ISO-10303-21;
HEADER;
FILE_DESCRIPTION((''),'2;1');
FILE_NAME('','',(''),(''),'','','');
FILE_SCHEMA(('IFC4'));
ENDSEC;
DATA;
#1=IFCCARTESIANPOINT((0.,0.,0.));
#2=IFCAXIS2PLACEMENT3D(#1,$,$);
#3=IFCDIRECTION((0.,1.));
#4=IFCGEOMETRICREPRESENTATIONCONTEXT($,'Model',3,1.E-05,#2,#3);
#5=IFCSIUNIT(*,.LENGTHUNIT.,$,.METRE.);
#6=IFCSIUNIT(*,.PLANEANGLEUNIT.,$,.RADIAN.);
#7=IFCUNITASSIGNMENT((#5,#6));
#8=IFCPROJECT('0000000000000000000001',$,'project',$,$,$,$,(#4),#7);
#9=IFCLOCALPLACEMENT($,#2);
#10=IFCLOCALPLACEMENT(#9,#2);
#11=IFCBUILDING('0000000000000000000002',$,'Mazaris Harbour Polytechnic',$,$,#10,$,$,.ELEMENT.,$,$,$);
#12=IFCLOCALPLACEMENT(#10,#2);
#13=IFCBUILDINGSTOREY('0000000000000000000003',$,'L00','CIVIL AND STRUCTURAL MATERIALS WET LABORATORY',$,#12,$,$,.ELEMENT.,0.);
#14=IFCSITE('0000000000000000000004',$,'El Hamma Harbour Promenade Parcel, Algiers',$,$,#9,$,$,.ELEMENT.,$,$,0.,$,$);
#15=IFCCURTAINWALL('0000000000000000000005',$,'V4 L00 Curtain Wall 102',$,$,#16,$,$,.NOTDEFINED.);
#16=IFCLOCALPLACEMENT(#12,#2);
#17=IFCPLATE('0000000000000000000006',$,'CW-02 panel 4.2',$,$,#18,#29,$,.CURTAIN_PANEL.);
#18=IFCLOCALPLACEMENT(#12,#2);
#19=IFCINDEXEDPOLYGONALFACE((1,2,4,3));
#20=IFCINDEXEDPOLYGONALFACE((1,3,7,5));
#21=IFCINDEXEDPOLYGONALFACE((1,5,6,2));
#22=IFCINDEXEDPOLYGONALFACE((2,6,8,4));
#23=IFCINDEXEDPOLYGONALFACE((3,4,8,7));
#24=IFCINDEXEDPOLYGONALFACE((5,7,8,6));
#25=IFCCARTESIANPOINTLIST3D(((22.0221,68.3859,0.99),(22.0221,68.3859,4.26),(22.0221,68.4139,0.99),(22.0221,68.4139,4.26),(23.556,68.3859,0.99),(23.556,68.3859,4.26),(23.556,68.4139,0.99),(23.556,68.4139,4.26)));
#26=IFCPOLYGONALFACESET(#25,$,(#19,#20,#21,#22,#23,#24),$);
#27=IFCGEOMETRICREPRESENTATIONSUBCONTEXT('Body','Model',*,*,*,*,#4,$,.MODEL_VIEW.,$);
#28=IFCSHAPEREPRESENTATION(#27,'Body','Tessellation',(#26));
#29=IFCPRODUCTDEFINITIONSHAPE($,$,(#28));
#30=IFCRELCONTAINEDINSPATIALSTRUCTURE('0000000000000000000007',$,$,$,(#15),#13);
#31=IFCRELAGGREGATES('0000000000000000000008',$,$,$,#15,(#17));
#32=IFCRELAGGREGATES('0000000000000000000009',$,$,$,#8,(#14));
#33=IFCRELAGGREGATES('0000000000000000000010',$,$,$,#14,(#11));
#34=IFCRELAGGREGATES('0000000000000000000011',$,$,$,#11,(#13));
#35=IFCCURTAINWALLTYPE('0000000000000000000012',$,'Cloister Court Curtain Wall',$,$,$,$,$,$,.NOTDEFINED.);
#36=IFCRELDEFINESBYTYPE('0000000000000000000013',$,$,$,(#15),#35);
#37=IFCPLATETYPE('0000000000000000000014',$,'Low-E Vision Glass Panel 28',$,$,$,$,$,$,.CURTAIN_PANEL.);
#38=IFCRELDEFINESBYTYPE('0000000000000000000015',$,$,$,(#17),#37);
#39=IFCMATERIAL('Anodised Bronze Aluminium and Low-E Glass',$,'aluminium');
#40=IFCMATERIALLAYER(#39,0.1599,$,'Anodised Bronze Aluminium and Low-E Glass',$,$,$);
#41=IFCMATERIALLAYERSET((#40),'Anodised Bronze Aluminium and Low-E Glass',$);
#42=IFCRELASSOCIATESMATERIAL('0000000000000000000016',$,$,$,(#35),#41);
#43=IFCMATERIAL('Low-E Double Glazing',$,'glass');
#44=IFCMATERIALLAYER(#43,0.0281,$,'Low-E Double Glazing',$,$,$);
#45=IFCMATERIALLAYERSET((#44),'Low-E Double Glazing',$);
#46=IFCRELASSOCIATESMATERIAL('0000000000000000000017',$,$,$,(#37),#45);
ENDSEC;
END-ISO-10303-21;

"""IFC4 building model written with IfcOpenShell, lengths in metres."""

from ifc_helpers import new_model, si_unit, direction, frame, origin, origin_2d, place, context, subcontext, project, spatial, rectangle, extrude, material, layer, layer_set, type_object, element, aggregate, save


model = new_model("IFC4")

# Units and contexts
model_context = context("Model", 3, precision=1e-05, world=origin(), true_north=direction((0.0, 1.0)))
body_context = subcontext(model_context, "Body", "Model", "MODEL_VIEW")
ifc_project = project(units=[si_unit("LENGTHUNIT", "METRE"), si_unit("PLANEANGLEUNIT", "RADIAN")], contexts=[model_context])

# Site, building, storey
site_placement = place(None, origin())
site = spatial("IfcSite", under=ifc_project, at=site_placement, Name="El Hamma Harbour Promenade Parcel, Algiers", CompositionType="ELEMENT", RefElevation=0.0)
building_placement = place(site_placement, origin())
building = spatial("IfcBuilding", under=site, at=building_placement, Name="Mazaris Harbour Polytechnic", CompositionType="ELEMENT")
storey_placement = place(building_placement, origin())
storey = spatial("IfcBuildingStorey", under=building, at=storey_placement, Name="L00", Description="CIVIL AND STRUCTURAL MATERIALS WET LABORATORY", CompositionType="ELEMENT", Elevation=0.0)

# Shared definitions
ifc_material_1 = material(Name="Anodised Bronze Aluminium and Low-E Glass", Category="aluminium")
ifc_layer_1 = layer(ifc_material_1, 0.1599, Name="Anodised Bronze Aluminium and Low-E Glass")
ifc_layer_set_1 = layer_set([ifc_layer_1], Name="Anodised Bronze Aluminium and Low-E Glass")
curtain_wall_type = type_object("IfcCurtainWallType", Name="Cloister Court Curtain Wall", PredefinedType="NOTDEFINED", material=ifc_layer_set_1)

# Curtain wall
curtain_wall_1_placement = place(storey_placement, origin())
curtain_wall_1 = element("IfcCurtainWall", 1, at=curtain_wall_1_placement, inside=storey, type_object=curtain_wall_type, Name="V4 L00 Curtain Wall 102", PredefinedType="NOTDEFINED")

# Plate
ifc_material_2 = material(Name="Low-E Double Glazing", Category="glass")
ifc_layer_2 = layer(ifc_material_2, 0.0281, Name="Low-E Double Glazing")
ifc_layer_set_2 = layer_set([ifc_layer_2], Name="Low-E Double Glazing")
plate_type = type_object("IfcPlateType", Name="Low-E Vision Glass Panel 28", PredefinedType="CURTAIN_PANEL", material=ifc_layer_set_2)
plate_1_placement = place(storey_placement, frame((22.7891, 68.3999, 0.99), z_axis=(0.0, 0.0, 1.0), x_axis=(-1.0, 0.0, 0.0)))
plate_1 = element("IfcPlate", 2, at=plate_1_placement, type_object=plate_type, Name="CW-02 panel 4.2", PredefinedType="CURTAIN_PANEL", context=body_context, shape_type="SweptSolid", body=[
    extrude(rectangle(XDim=1.5339, YDim=0.0281, at=origin_2d()), origin(), (0.0, 0.0, 1.0), 3.27),
])
aggregate(curtain_wall_1, [plate_1])

save(model, "model.ifc")
